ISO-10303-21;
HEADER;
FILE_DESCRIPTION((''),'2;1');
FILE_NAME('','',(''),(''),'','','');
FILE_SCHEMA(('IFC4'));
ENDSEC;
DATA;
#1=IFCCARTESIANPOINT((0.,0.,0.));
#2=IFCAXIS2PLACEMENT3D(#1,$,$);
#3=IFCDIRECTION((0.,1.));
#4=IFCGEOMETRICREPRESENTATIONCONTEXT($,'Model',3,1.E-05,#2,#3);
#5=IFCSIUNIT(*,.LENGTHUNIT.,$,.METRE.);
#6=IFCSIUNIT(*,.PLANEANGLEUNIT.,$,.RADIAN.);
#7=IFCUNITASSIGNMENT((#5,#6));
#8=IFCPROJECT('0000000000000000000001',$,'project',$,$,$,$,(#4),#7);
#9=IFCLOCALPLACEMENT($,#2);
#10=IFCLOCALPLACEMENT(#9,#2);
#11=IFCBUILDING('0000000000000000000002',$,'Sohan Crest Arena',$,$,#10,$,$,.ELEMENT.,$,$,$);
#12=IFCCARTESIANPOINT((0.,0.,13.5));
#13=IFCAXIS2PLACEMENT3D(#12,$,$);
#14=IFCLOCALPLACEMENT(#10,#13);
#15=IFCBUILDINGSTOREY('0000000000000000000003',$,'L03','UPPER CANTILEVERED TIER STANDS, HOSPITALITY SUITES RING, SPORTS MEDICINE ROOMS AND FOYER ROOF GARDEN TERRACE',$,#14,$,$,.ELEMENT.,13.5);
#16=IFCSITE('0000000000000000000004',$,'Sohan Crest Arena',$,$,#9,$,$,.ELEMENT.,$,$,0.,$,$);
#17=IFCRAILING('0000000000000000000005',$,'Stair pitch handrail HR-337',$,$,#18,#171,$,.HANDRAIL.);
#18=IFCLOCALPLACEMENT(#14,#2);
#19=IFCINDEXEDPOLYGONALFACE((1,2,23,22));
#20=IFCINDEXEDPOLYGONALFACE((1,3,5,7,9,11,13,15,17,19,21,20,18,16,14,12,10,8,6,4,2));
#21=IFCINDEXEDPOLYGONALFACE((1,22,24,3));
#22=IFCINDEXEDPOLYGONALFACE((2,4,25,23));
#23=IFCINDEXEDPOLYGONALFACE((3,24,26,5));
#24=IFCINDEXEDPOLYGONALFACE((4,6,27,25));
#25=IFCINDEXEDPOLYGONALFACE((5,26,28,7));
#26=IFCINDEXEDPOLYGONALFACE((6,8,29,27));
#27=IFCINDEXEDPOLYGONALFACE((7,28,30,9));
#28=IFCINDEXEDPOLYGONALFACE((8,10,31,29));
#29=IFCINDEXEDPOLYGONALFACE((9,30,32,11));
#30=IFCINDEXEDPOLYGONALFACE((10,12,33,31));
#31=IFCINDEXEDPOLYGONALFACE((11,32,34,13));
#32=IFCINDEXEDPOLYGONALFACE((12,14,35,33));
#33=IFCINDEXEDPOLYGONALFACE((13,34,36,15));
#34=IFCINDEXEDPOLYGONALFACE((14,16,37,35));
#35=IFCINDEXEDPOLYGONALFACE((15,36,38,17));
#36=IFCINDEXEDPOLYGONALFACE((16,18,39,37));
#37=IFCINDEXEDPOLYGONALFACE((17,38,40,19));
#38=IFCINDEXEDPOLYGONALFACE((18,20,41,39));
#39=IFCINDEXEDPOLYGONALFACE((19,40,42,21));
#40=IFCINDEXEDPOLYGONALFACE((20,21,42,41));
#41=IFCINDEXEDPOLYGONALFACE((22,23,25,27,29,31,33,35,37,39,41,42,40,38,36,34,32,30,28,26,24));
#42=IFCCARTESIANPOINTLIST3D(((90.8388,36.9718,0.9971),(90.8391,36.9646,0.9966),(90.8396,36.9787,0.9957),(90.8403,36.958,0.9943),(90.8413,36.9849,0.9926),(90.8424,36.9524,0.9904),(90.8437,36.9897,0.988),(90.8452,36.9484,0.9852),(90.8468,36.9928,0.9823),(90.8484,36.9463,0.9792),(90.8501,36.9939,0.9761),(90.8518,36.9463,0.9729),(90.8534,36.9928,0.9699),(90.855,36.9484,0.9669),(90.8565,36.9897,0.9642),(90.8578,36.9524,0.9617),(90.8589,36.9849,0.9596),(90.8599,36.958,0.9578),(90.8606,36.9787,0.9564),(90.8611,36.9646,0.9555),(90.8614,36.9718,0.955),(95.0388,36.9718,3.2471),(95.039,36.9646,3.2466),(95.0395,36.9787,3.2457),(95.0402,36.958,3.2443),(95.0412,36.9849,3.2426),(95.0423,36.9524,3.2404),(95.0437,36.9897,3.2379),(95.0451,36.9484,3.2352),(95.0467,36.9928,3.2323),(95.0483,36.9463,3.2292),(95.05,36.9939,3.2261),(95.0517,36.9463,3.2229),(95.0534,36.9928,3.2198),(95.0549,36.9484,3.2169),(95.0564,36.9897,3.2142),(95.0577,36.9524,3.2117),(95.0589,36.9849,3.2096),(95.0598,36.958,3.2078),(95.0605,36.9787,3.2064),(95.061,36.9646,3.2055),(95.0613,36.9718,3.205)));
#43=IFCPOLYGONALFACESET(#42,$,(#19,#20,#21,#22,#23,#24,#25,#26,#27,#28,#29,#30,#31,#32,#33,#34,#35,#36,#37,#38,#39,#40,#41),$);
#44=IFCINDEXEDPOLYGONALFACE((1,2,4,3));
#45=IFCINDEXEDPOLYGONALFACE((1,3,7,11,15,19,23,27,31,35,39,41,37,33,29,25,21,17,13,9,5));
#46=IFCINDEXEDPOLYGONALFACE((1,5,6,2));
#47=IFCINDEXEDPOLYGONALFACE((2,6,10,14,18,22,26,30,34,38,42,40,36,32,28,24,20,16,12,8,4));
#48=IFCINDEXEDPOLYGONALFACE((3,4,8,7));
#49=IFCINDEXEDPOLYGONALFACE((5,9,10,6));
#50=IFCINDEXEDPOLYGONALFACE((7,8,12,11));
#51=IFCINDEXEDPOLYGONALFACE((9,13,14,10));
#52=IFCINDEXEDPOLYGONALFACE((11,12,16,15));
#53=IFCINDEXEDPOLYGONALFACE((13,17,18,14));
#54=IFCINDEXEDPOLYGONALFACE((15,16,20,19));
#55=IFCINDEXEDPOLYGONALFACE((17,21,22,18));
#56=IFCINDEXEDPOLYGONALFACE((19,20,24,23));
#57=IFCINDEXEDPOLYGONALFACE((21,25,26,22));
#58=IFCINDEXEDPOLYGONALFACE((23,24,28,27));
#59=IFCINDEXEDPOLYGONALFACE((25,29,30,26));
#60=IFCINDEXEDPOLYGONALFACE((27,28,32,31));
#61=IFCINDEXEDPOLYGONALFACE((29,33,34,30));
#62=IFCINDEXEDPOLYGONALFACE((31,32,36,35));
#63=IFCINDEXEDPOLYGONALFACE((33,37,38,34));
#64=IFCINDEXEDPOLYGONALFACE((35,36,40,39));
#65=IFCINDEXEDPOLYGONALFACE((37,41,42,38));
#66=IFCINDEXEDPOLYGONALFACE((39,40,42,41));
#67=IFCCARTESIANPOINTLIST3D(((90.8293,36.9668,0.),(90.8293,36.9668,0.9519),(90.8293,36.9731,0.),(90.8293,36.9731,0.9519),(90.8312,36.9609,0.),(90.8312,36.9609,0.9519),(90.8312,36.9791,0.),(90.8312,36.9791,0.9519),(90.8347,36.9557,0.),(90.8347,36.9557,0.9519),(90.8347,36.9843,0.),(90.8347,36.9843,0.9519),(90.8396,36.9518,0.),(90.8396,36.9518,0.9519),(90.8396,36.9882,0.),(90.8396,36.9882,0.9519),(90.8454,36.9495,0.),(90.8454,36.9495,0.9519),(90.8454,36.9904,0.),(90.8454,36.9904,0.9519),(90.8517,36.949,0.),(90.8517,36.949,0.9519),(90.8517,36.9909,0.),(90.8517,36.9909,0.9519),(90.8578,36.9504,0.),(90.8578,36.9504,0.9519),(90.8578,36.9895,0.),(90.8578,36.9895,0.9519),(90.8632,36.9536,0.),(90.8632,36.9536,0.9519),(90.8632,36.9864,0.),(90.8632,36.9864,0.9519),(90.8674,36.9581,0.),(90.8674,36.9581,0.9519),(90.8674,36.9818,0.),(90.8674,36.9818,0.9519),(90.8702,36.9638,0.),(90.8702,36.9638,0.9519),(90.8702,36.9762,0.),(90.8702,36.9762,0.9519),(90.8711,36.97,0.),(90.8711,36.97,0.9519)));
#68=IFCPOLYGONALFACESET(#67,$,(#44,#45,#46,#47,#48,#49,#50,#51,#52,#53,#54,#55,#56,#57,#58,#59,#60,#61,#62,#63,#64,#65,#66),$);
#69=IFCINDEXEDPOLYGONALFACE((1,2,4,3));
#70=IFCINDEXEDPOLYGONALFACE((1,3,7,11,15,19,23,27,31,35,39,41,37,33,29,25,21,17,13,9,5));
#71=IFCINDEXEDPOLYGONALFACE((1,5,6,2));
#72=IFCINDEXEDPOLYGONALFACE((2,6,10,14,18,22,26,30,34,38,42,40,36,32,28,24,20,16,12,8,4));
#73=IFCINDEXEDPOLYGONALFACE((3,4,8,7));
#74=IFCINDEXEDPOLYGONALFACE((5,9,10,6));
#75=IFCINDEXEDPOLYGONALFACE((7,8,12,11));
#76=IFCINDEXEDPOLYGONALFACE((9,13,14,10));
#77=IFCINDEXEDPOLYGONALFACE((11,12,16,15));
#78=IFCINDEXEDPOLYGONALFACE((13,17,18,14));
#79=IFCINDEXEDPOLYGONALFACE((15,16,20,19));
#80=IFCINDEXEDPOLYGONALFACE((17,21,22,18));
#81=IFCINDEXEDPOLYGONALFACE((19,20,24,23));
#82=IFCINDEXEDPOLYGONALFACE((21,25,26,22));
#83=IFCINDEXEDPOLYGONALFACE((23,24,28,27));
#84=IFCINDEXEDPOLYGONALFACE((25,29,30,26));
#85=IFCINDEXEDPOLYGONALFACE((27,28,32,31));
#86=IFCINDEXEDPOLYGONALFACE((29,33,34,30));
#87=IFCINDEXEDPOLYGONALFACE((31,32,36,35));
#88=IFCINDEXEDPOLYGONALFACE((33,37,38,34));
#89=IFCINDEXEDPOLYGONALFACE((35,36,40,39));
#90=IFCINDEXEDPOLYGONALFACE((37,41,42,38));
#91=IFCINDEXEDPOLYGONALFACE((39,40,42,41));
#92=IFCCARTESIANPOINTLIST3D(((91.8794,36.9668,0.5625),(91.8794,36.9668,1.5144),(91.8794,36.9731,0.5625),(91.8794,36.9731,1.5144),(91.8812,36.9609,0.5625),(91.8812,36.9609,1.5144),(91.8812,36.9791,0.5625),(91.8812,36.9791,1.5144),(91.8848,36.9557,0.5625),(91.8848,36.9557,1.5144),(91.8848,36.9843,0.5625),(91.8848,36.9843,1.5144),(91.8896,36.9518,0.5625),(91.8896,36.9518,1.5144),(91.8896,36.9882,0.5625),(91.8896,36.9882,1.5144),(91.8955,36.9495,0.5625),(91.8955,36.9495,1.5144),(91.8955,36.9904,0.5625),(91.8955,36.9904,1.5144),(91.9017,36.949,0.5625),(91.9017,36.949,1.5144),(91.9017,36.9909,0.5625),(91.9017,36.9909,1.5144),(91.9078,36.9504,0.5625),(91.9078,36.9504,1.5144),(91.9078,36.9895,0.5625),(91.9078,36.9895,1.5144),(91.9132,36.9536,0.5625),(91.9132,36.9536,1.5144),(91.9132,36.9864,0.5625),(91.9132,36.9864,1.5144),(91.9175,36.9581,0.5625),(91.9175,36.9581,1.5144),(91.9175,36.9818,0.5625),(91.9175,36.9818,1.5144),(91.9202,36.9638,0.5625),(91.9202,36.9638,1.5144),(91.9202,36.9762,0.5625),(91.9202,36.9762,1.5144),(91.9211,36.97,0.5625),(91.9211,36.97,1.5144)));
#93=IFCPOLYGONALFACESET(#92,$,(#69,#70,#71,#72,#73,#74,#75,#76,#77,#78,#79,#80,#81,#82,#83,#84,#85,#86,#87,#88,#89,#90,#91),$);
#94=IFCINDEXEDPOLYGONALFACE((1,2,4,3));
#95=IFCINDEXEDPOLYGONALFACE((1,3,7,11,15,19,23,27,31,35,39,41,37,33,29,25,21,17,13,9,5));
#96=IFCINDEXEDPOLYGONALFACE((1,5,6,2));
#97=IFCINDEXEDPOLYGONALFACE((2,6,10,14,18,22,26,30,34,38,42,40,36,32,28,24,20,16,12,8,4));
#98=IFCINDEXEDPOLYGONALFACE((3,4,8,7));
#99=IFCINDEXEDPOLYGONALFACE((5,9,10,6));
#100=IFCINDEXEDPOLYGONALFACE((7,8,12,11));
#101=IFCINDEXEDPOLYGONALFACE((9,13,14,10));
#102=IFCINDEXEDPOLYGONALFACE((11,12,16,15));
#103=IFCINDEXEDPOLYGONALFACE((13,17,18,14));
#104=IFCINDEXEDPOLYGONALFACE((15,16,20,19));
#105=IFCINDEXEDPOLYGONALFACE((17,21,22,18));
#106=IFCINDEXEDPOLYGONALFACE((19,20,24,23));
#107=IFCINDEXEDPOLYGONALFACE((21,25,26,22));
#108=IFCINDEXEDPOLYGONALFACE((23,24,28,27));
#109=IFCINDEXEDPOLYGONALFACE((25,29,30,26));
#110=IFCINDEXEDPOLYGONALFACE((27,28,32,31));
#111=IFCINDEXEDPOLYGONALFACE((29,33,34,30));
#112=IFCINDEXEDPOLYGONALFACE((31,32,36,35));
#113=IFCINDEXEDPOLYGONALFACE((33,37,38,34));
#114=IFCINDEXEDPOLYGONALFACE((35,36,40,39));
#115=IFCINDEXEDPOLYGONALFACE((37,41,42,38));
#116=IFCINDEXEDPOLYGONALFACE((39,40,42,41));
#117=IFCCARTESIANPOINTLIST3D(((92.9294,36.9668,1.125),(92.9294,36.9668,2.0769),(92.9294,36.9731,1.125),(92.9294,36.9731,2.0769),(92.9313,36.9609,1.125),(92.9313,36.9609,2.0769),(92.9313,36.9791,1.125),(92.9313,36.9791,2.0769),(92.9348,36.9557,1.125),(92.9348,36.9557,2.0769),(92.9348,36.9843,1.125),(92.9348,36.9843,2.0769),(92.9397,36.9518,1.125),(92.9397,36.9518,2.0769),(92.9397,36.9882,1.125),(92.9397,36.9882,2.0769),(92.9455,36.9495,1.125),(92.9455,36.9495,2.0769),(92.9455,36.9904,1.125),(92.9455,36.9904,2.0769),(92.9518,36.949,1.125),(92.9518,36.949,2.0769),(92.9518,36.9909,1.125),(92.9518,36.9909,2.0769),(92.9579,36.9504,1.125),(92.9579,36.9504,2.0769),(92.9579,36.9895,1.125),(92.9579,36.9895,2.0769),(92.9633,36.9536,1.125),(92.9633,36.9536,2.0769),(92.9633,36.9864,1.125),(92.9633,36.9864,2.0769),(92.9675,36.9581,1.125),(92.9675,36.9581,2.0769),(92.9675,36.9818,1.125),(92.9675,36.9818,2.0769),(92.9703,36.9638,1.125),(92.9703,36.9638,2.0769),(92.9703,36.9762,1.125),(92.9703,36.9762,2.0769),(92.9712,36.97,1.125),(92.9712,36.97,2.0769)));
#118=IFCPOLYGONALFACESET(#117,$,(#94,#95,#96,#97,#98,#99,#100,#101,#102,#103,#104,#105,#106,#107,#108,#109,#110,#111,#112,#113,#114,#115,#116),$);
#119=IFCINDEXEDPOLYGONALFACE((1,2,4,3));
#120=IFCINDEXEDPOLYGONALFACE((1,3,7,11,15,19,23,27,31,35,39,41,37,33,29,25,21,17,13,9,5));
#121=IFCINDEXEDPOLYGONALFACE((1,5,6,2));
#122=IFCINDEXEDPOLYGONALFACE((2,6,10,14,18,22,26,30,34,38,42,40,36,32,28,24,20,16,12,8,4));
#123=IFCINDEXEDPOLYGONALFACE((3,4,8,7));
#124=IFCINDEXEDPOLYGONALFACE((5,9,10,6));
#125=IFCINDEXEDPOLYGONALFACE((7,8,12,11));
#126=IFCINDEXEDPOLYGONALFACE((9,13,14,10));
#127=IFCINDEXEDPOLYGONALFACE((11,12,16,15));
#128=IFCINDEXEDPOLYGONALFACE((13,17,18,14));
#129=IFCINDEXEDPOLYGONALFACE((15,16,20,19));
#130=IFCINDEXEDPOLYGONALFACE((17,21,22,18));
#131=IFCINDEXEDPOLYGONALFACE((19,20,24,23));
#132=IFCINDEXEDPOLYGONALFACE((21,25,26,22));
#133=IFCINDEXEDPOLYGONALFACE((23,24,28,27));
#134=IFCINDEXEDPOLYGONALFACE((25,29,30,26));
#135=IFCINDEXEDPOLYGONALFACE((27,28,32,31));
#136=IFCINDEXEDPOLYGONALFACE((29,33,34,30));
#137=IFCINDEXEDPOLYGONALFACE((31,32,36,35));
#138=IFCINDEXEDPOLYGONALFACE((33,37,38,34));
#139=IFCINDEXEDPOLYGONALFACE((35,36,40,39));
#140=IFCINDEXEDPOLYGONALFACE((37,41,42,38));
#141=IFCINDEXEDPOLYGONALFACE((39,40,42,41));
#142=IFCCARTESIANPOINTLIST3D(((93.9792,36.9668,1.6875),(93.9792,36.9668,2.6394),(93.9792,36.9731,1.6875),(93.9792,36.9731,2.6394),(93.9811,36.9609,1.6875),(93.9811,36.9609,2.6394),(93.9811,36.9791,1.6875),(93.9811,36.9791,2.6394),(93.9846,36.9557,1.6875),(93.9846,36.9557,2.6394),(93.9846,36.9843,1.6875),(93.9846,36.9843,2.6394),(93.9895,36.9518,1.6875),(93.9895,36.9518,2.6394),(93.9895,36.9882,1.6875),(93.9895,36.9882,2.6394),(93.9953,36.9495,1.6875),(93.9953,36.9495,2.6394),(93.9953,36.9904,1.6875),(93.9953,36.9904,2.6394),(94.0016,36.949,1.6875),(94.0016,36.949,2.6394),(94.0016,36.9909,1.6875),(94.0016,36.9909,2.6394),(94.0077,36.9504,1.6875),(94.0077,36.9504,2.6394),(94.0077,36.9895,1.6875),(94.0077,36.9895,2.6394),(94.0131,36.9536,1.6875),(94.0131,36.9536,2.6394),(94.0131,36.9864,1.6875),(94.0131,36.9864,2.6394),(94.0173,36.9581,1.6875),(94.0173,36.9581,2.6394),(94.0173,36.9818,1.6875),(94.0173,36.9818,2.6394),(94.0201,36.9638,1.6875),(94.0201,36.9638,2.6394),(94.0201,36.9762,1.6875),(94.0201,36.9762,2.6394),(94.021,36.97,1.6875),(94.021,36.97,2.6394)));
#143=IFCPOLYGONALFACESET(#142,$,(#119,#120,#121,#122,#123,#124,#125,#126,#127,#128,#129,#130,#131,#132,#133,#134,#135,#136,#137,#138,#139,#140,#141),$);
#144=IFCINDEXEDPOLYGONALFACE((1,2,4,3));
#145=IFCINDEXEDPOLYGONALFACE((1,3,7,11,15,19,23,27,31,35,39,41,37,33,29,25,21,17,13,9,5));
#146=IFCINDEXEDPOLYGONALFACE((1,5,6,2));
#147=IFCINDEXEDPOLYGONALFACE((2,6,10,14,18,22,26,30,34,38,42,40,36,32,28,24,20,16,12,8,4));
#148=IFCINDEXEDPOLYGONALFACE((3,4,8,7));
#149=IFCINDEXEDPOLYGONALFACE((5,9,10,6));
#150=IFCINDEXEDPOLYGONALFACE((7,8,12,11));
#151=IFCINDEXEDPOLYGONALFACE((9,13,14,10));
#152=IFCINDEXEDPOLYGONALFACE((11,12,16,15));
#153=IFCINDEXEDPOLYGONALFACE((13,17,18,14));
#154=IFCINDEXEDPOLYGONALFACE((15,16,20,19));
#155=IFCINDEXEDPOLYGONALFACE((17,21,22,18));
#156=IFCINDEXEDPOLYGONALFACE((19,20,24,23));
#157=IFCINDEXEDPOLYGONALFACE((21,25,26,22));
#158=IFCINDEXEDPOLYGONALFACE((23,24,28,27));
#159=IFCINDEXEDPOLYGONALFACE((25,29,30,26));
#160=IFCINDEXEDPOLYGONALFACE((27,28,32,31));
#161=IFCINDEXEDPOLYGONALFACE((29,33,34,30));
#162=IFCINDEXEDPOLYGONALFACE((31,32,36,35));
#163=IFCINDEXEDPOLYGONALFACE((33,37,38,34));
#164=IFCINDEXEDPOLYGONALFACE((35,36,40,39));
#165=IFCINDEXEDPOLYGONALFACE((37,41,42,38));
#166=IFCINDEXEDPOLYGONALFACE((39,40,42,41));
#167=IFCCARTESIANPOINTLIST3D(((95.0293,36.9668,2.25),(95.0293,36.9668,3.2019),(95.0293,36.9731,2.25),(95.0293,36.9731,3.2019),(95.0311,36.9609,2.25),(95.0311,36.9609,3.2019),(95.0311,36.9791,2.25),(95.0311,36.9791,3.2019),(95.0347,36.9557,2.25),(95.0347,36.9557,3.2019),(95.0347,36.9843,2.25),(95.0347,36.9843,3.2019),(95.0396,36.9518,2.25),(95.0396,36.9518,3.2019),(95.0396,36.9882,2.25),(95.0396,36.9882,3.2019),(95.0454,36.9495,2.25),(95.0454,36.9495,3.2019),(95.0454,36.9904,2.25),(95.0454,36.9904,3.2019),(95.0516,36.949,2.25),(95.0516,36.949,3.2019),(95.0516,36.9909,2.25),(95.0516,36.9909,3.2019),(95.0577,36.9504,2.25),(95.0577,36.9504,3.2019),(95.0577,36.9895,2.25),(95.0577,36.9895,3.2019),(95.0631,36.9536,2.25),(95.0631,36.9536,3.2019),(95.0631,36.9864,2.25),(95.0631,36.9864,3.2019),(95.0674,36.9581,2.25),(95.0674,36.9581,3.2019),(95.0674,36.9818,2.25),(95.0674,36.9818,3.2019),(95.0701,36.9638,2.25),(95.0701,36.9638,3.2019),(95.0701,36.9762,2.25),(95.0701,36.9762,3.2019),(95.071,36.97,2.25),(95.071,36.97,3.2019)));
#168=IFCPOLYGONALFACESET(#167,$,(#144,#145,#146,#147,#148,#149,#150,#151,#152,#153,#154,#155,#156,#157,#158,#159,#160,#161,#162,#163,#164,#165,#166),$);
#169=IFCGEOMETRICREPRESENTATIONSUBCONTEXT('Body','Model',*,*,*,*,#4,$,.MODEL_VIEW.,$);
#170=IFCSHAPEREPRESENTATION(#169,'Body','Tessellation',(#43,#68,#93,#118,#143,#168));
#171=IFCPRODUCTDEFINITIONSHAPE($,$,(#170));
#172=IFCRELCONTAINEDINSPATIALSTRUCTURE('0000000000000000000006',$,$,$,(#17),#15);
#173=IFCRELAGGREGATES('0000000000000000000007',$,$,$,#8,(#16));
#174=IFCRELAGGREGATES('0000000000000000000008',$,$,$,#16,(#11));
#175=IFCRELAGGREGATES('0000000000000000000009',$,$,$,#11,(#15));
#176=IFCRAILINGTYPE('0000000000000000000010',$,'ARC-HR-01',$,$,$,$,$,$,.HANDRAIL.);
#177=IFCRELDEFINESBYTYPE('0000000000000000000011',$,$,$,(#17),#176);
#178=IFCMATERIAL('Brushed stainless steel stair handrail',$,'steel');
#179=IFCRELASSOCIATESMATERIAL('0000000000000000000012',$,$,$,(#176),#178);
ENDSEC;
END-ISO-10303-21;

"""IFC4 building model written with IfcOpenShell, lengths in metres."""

from ifc_helpers import new_model, si_unit, direction, frame, origin, origin_2d, place, context, subcontext, project, spatial, circle, extrude, material, type_object, element, save


model = new_model("IFC4")

# Units and contexts
model_context = context("Model", 3, precision=1e-05, world=origin(), true_north=direction((0.0, 1.0)))
body_context = subcontext(model_context, "Body", "Model", "MODEL_VIEW")
ifc_project = project(units=[si_unit("LENGTHUNIT", "METRE"), si_unit("PLANEANGLEUNIT", "RADIAN")], contexts=[model_context])

# Site, building, storey
site_placement = place(None, origin())
site = spatial("IfcSite", under=ifc_project, at=site_placement, Name="Sohan Crest Arena", CompositionType="ELEMENT", RefElevation=0.0)
building_placement = place(site_placement, origin())
building = spatial("IfcBuilding", under=site, at=building_placement, Name="Sohan Crest Arena", CompositionType="ELEMENT")
storey_placement = place(building_placement, frame((0.0, 0.0, 13.5)))
storey = spatial("IfcBuildingStorey", under=building, at=storey_placement, Name="L03", Description="UPPER CANTILEVERED TIER STANDS, HOSPITALITY SUITES RING, SPORTS MEDICINE ROOMS AND FOYER ROOF GARDEN TERRACE", CompositionType="ELEMENT", Elevation=13.5)

# Railing
ifc_material_1 = material(Name="Brushed stainless steel stair handrail", Category="steel")
railing_type_1 = type_object("IfcRailingType", Name="ARC-HR-01", PredefinedType="HANDRAIL", material=ifc_material_1)
for number, where, name in (
    (1, (90.8501, 36.97, 0.0), "Stair pitch handrail HR-337"),
):
    element("IfcRailing", number, at=place(storey_placement, frame(where)), inside=storey, type_object=railing_type_1, Name=name, PredefinedType="HANDRAIL", context=body_context, shape_type="SweptSolid", body=[
        extrude(circle(Radius=0.0239, at=origin_2d()), frame((0.0, 0.0, 0.9761), z_axis=(0.881478, 0.0, 0.472226), x_axis=(0.0, 1.0, 0.0)), (0.0, 0.0, 1.0), 4.7646),
        extrude(circle(Radius=0.021, at=origin_2d()), origin(), (0.0, 0.0, 1.0), 0.9519),
        extrude(circle(Radius=0.021, at=origin_2d()), frame((1.05, 0.0, 0.5625)), (0.0, 0.0, 1.0), 0.9519),
        extrude(circle(Radius=0.021, at=origin_2d()), frame((2.1001, 0.0, 1.125)), (0.0, 0.0, 1.0), 0.9519),
        extrude(circle(Radius=0.021, at=origin_2d()), frame((3.1499, 0.0, 1.6875)), (0.0, 0.0, 1.0), 0.9519),
        extrude(circle(Radius=0.021, at=origin_2d()), frame((4.2, 0.0, 2.25)), (0.0, 0.0, 1.0), 0.9519),
    ])

save(model, "model.ifc")
